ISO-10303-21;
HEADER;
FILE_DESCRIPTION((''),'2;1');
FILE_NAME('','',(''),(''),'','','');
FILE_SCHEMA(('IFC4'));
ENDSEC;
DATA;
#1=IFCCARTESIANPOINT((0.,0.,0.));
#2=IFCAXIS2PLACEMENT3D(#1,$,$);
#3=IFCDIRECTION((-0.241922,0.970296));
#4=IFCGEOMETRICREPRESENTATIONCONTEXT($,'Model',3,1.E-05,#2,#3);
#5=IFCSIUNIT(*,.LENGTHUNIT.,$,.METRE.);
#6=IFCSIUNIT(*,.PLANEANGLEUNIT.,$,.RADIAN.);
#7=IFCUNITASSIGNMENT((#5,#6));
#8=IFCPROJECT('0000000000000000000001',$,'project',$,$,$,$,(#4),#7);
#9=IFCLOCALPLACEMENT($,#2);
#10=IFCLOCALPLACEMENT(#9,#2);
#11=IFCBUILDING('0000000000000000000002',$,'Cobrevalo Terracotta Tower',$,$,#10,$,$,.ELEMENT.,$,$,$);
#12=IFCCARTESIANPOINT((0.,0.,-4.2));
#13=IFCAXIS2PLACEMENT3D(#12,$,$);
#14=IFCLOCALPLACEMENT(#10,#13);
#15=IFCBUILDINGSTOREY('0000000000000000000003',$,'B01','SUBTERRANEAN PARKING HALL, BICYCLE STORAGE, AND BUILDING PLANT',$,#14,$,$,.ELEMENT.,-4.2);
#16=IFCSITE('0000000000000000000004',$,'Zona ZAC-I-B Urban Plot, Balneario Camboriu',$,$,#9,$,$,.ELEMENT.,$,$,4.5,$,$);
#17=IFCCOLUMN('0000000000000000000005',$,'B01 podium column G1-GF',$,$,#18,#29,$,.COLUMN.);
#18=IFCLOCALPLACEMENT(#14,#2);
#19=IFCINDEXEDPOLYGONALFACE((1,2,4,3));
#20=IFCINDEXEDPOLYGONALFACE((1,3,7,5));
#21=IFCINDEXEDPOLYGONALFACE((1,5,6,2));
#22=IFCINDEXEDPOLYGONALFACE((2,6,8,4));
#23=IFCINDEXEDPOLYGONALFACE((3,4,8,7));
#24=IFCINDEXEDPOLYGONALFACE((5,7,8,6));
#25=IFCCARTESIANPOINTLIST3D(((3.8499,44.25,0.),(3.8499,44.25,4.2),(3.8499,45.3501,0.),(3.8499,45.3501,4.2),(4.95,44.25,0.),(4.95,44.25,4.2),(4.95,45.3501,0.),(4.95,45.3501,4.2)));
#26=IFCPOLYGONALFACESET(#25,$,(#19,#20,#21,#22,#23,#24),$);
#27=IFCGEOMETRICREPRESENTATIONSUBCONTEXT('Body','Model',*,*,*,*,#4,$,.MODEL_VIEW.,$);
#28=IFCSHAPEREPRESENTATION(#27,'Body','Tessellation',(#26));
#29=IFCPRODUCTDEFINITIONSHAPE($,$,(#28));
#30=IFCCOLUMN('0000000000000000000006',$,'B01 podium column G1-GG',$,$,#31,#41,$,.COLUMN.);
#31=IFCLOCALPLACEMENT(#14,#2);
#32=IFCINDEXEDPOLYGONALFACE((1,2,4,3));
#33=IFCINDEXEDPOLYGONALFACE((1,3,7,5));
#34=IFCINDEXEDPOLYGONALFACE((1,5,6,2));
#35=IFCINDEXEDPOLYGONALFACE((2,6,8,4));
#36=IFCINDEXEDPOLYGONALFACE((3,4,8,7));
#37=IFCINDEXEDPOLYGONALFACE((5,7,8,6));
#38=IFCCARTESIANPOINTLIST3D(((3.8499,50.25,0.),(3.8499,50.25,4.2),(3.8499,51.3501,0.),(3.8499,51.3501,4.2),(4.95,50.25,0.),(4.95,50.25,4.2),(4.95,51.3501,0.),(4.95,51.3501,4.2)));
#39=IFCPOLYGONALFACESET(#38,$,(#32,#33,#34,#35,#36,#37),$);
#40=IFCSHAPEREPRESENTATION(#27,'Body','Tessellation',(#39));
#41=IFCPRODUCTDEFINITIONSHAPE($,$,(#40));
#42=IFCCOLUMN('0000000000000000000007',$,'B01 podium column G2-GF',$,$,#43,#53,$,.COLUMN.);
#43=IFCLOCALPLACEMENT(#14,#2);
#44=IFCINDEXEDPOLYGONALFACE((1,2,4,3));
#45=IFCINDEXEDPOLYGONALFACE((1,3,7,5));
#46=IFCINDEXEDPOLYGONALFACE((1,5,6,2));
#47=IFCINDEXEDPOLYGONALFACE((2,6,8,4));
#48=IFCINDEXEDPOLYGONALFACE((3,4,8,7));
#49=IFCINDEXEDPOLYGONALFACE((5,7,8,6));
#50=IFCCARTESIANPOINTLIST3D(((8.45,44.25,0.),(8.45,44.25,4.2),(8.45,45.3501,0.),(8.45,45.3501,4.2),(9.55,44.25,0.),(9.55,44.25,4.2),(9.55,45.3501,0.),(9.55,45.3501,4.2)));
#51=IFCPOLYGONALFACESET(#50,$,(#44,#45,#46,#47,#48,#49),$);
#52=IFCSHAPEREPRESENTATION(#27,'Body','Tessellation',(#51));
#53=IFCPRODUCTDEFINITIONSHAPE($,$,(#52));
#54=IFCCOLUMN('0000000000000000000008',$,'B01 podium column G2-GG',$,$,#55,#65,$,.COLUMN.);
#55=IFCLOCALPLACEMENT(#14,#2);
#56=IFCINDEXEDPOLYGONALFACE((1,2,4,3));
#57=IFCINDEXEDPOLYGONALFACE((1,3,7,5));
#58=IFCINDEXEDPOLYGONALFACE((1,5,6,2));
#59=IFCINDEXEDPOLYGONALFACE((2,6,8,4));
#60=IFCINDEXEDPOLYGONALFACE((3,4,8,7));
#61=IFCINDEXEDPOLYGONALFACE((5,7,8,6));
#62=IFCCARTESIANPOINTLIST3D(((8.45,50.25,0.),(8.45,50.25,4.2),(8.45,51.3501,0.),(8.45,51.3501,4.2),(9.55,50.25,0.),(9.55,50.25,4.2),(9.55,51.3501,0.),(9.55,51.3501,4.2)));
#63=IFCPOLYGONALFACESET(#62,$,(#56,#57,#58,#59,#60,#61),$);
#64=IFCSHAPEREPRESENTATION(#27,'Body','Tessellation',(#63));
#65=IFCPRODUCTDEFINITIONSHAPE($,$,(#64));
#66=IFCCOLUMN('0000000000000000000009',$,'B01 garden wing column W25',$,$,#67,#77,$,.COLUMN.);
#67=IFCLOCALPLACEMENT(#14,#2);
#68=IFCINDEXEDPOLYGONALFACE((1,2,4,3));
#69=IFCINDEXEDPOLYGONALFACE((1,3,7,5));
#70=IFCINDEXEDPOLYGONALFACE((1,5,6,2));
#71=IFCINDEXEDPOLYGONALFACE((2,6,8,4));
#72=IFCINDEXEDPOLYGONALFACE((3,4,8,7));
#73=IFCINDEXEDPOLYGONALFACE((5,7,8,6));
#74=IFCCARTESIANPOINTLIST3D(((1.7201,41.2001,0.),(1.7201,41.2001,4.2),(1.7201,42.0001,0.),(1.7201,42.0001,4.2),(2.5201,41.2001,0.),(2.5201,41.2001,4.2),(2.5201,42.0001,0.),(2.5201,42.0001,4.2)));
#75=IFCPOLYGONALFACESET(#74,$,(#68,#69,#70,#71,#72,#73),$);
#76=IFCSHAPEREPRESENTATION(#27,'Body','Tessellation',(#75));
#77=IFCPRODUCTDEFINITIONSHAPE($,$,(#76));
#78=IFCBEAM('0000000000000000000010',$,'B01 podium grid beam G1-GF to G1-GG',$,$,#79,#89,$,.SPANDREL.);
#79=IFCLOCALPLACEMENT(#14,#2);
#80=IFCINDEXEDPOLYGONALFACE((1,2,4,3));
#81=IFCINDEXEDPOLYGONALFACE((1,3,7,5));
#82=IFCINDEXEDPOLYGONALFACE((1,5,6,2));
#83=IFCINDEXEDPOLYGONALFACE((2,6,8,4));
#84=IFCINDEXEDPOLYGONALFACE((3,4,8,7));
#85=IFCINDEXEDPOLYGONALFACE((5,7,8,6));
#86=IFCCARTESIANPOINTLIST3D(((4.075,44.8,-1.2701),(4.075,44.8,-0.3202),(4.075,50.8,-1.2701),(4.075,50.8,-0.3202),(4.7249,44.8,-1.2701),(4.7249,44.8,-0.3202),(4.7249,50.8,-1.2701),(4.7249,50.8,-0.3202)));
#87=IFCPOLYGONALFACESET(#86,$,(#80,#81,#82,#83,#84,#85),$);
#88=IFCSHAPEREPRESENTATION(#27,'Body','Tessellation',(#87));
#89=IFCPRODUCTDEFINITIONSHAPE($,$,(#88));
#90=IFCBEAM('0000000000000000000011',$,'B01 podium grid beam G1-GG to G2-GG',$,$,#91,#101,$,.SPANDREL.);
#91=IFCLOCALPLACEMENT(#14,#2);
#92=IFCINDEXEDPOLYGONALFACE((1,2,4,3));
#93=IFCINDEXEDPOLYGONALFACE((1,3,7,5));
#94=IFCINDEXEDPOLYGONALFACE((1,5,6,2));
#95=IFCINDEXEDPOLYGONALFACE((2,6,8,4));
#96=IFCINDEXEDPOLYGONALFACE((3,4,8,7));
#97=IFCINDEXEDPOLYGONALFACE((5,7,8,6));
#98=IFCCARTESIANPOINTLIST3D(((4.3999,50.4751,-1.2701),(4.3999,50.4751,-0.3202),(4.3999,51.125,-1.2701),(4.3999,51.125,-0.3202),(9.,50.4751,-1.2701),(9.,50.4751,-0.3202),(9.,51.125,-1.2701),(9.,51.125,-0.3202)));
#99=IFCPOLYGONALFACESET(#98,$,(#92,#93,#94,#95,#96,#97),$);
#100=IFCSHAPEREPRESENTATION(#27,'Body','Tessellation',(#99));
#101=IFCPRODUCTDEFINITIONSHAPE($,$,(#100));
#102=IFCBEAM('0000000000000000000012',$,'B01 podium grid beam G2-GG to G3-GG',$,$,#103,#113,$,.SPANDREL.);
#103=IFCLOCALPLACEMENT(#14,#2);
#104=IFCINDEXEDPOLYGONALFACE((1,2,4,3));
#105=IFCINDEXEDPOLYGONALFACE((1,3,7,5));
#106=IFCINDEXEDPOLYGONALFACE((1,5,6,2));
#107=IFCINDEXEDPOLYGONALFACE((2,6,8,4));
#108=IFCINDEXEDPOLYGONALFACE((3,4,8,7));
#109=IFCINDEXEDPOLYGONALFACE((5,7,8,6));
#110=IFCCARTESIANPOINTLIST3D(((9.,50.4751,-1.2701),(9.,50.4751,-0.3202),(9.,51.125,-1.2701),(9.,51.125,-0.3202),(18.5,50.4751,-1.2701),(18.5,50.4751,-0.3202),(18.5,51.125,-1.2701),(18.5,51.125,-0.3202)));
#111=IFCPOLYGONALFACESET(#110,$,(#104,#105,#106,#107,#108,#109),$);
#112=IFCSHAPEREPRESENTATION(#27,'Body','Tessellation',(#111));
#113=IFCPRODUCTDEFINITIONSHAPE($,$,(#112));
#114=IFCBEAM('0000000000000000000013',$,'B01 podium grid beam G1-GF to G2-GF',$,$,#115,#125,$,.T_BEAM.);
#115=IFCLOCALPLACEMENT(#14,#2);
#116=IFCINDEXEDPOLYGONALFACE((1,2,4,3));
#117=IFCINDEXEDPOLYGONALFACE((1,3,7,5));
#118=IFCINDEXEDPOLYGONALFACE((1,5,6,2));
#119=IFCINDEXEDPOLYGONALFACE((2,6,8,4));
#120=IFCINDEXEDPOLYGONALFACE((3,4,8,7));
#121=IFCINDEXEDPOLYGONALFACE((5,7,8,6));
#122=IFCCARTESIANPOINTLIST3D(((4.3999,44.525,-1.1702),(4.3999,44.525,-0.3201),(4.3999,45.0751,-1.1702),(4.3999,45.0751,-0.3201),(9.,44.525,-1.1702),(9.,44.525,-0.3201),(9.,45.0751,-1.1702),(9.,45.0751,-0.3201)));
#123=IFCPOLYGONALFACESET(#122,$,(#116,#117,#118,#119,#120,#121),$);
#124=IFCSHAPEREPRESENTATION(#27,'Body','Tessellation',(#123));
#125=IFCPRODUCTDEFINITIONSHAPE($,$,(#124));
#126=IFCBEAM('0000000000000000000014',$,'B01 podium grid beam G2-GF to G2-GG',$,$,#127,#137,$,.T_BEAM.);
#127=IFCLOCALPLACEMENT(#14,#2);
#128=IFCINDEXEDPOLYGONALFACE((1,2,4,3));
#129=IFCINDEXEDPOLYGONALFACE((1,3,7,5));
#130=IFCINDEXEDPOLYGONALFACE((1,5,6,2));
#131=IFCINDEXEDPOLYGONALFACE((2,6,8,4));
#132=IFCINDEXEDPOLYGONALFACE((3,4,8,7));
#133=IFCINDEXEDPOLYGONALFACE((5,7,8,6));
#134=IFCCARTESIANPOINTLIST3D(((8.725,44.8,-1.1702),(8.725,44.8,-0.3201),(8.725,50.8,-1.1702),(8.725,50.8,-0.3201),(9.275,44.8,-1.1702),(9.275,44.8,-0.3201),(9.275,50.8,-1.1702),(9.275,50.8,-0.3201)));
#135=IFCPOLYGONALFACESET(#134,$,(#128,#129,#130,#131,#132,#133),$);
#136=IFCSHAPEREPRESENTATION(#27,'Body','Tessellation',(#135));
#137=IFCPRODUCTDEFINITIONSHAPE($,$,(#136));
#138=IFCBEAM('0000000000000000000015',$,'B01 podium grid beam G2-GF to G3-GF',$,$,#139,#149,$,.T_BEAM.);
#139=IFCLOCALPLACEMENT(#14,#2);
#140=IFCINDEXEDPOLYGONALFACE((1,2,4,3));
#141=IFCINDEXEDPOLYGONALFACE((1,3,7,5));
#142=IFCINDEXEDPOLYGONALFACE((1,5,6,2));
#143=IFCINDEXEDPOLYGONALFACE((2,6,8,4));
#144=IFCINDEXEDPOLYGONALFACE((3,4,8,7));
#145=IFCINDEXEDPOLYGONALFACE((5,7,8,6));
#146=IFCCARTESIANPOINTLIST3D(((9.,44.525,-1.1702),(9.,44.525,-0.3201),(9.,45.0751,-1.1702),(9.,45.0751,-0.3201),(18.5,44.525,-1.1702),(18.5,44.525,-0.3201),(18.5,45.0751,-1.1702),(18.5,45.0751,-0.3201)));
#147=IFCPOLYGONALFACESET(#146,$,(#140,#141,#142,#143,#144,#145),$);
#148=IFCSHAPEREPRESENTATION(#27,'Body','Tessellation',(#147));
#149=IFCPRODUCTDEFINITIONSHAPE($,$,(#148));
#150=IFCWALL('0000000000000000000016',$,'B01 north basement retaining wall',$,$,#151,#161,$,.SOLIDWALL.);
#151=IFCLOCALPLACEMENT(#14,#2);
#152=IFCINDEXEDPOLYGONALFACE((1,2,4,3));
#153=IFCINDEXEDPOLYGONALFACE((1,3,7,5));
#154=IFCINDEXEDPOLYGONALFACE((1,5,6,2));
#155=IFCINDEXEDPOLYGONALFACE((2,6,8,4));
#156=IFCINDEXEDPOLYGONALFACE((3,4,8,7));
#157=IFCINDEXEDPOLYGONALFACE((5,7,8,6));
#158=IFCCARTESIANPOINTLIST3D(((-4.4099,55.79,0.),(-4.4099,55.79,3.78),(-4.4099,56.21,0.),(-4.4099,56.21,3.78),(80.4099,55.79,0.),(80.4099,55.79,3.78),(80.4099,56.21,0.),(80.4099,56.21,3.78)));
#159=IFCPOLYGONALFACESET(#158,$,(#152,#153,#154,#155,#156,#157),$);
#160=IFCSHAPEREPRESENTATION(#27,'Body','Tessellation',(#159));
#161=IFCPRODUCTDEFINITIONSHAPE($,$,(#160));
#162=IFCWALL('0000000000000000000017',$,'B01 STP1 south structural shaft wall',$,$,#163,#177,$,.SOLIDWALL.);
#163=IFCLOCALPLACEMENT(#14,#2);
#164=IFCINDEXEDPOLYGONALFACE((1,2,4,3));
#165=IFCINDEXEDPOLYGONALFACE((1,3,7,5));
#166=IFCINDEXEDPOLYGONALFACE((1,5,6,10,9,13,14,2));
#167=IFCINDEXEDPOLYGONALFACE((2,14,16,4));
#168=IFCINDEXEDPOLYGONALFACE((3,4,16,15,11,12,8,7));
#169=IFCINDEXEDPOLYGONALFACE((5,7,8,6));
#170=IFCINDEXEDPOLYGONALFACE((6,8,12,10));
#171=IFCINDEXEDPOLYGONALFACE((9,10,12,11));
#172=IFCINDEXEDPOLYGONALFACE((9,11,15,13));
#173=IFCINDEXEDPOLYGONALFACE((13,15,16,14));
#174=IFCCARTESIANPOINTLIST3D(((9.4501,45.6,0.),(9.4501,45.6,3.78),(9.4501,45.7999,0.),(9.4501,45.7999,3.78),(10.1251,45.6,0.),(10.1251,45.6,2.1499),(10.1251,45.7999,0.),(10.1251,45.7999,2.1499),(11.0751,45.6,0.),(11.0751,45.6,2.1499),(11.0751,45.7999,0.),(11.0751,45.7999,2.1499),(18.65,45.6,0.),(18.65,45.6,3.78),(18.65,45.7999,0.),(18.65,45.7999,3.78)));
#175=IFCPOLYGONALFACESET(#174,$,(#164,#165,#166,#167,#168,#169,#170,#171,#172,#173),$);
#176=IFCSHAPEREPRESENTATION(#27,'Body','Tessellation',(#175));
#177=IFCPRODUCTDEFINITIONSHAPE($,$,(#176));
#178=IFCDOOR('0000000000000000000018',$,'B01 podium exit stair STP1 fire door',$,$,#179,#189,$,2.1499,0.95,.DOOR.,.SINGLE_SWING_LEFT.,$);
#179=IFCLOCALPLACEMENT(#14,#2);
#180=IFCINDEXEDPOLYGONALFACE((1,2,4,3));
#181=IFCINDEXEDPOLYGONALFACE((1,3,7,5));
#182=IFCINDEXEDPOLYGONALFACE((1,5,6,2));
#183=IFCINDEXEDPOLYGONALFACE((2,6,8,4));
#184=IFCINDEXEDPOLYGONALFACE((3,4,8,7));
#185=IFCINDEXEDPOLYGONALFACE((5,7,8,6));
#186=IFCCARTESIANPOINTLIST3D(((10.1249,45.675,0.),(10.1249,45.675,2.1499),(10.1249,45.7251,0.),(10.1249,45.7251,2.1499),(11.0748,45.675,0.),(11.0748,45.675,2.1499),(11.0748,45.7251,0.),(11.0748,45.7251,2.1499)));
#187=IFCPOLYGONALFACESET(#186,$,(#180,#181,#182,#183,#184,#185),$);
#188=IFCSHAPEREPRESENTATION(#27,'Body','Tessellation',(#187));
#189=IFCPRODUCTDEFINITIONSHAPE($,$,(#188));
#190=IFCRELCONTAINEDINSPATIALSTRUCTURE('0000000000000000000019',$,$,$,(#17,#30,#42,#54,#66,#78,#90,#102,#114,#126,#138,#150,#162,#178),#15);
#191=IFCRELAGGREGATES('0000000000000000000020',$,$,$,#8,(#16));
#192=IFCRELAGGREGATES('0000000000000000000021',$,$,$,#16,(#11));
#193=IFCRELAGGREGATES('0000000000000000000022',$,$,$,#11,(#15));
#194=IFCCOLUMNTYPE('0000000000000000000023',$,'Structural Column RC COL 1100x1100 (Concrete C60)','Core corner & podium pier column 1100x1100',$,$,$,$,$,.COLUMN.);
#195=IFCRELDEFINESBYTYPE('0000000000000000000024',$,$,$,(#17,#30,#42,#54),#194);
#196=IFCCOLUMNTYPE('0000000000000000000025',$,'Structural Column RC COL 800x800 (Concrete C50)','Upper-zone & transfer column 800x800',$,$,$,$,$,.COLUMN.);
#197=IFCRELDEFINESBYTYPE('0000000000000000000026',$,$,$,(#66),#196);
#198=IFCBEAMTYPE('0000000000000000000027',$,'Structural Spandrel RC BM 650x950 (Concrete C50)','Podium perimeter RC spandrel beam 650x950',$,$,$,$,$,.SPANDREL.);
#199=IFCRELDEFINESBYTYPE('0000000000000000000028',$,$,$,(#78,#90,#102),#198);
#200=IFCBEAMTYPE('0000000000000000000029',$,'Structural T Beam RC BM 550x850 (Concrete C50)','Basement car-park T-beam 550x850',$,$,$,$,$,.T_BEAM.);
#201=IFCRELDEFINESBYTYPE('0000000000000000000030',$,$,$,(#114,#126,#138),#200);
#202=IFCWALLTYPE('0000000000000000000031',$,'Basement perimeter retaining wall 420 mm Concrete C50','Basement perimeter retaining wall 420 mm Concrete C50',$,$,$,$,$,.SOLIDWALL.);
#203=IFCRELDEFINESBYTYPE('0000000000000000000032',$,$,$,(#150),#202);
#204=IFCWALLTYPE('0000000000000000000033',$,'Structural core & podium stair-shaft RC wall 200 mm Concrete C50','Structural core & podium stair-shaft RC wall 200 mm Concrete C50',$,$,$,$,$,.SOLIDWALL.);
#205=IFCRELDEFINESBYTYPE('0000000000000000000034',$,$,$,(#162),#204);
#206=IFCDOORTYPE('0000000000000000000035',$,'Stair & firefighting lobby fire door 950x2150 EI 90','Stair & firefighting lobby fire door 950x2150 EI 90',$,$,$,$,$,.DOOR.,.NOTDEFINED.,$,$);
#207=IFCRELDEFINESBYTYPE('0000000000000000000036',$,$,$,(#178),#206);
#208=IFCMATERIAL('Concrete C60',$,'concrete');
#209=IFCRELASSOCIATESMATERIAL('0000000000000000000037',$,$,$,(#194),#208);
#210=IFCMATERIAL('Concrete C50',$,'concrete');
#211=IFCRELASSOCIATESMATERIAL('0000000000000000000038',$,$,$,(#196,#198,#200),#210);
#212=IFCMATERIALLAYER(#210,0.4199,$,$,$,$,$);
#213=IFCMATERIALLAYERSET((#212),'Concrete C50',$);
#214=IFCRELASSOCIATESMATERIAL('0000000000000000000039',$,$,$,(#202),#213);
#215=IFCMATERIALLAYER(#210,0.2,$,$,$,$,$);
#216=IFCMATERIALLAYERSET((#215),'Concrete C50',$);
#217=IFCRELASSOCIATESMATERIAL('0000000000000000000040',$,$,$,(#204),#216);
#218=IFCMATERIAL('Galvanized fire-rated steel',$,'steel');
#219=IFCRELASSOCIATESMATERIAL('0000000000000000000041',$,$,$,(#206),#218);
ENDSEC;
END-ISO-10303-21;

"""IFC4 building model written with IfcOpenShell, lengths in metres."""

from ifc_helpers import new_model, si_unit, direction, frame, frame_2d, origin, origin_2d, place, context, subcontext, project, spatial, rectangle, extrude, source, transform, mapped, material, layer, layer_set, material_profile, profile_set, type_object, element, fill, save


model = new_model("IFC4")

# Units and contexts
model_context = context("Model", 3, precision=1e-05, world=origin(), true_north=direction((-0.241922, 0.970296)))
body_context = subcontext(model_context, "Body", "Model", "MODEL_VIEW")
ifc_project = project(units=[si_unit("LENGTHUNIT", "METRE"), si_unit("PLANEANGLEUNIT", "RADIAN")], contexts=[model_context])

# Site, building, storey
site_placement = place(None, origin())
site = spatial("IfcSite", under=ifc_project, at=site_placement, Name="Zona ZAC-I-B Urban Plot, Balneario Camboriu", CompositionType="ELEMENT", RefElevation=4.5)
building_placement = place(site_placement, origin())
building = spatial("IfcBuilding", under=site, at=building_placement, Name="Cobrevalo Terracotta Tower", CompositionType="ELEMENT")
storey_placement = place(building_placement, frame((0.0, 0.0, -4.2)))
storey = spatial("IfcBuildingStorey", under=building, at=storey_placement, Name="B01", Description="SUBTERRANEAN PARKING HALL, BICYCLE STORAGE, AND BUILDING PLANT", CompositionType="ELEMENT", Elevation=-4.2)

# Columns
ifc_material_1 = material(Name="Concrete C60", Category="concrete")
ifc_material_profile_1 = material_profile(ifc_material_1, rectangle(XDim=1.1001, YDim=1.1001, at=origin_2d()), Name="RC COL 1100x1100")
ifc_profile_set_1 = profile_set([ifc_material_profile_1], Name="Concrete C60")
column_type_1 = type_object("IfcColumnType", Name="Structural Column RC COL 1100x1100 (Concrete C60)", Description="Core corner & podium pier column 1100x1100", PredefinedType="COLUMN", material=ifc_profile_set_1)
for number, where, z_axis, x_axis, name in (
    (1, (4.3999, 44.8, 0.0), (0.0, 0.0, 1.0), (1.0, 0.0, 0.0), "B01 podium column G1-GF"),
    (2, (4.3999, 50.8, 0.0), (0.0, 0.0, 1.0), (1.0, 0.0, 0.0), "B01 podium column G1-GG"),
    (3, (9.0, 44.8, 0.0), (0.0, 0.0, 1.0), (1.0, 0.0, 0.0), "B01 podium column G2-GF"),
    (4, (9.0, 50.8, 0.0), (0.0, 0.0, 1.0), (1.0, 0.0, 0.0), "B01 podium column G2-GG"),
):
    element("IfcColumn", number, at=place(storey_placement, frame(where, z_axis=z_axis, x_axis=x_axis)), inside=storey, type_object=column_type_1, Name=name, PredefinedType="COLUMN", context=body_context, shape_type="SweptSolid", body=[
        extrude(rectangle(XDim=1.1001, YDim=1.1001, at=origin_2d()), origin(), (0.0, 0.0, 1.0), 4.2),
    ])
ifc_material_2 = material(Name="Concrete C50", Category="concrete")
ifc_material_profile_2 = material_profile(ifc_material_2, rectangle(XDim=0.8, YDim=0.8, at=origin_2d()), Name="RC COL 800x800")
ifc_profile_set_2 = profile_set([ifc_material_profile_2], Name="Concrete C50")
column_type_2 = type_object("IfcColumnType", Name="Structural Column RC COL 800x800 (Concrete C50)", Description="Upper-zone & transfer column 800x800", PredefinedType="COLUMN", material=ifc_profile_set_2)
column_placement = place(storey_placement, frame((2.1201, 41.6001, 0.0), z_axis=(0.0, 0.0, 1.0), x_axis=(1.0, 0.0, 0.0)))
element("IfcColumn", 5, at=column_placement, inside=storey, type_object=column_type_2, Name="B01 garden wing column W25", PredefinedType="COLUMN", context=body_context, shape_type="SweptSolid", body=[
    extrude(rectangle(XDim=0.8, YDim=0.8, at=origin_2d()), origin(), (0.0, 0.0, 1.0), 4.2),
])

# Beams
ifc_material_profile_3 = material_profile(ifc_material_2, rectangle(XDim=0.6499, YDim=0.95, at=origin_2d()), Name="RC BM 650x950")
ifc_profile_set_3 = profile_set([ifc_material_profile_3], Name="Concrete C50")
beam_type_1 = type_object("IfcBeamType", Name="Structural Spandrel RC BM 650x950 (Concrete C50)", Description="Podium perimeter RC spandrel beam 650x950", PredefinedType="SPANDREL", material=ifc_profile_set_3)
beam_1_placement = place(storey_placement, frame((4.3999, 44.8, -0.7952), z_axis=(0.0, 1.0, 0.0), x_axis=(-1.0, 0.0, 0.0)))
element("IfcBeam", 6, at=beam_1_placement, inside=storey, type_object=beam_type_1, Name="B01 podium grid beam G1-GF to G1-GG", PredefinedType="SPANDREL", context=body_context, shape_type="SweptSolid", body=[
    extrude(rectangle(XDim=0.6499, YDim=0.95, at=origin_2d()), origin(), (0.0, 0.0, 1.0), 6.0),
])
beam_2_placement = place(storey_placement, frame((4.3999, 50.8, -0.7952), z_axis=(1.0, 0.0, 0.0), x_axis=(0.0, 1.0, 0.0)))
element("IfcBeam", 7, at=beam_2_placement, inside=storey, type_object=beam_type_1, Name="B01 podium grid beam G1-GG to G2-GG", PredefinedType="SPANDREL", context=body_context, shape_type="SweptSolid", body=[
    extrude(rectangle(XDim=0.6499, YDim=0.95, at=origin_2d()), origin(), (0.0, 0.0, 1.0), 4.6001),
])
beam_3_placement = place(storey_placement, frame((9.0, 50.8, -0.7952), z_axis=(1.0, 0.0, 0.0), x_axis=(0.0, 1.0, 0.0)))
element("IfcBeam", 8, at=beam_3_placement, inside=storey, type_object=beam_type_1, Name="B01 podium grid beam G2-GG to G3-GG", PredefinedType="SPANDREL", context=body_context, shape_type="SweptSolid", body=[
    extrude(rectangle(XDim=0.6499, YDim=0.95, at=origin_2d()), origin(), (0.0, 0.0, 1.0), 9.5),
])
ifc_material_profile_4 = material_profile(ifc_material_2, rectangle(XDim=0.55, YDim=0.8501, at=origin_2d()), Name="RC BM 550x850")
ifc_profile_set_4 = profile_set([ifc_material_profile_4], Name="Concrete C50")
beam_type_2 = type_object("IfcBeamType", Name="Structural T Beam RC BM 550x850 (Concrete C50)", Description="Basement car-park T-beam 550x850", PredefinedType="T_BEAM", material=ifc_profile_set_4)
beam_4_placement = place(storey_placement, frame((4.3999, 44.8, -0.7451), z_axis=(1.0, 0.0, 0.0), x_axis=(0.0, 1.0, 0.0)))
element("IfcBeam", 9, at=beam_4_placement, inside=storey, type_object=beam_type_2, Name="B01 podium grid beam G1-GF to G2-GF", PredefinedType="T_BEAM", context=body_context, shape_type="SweptSolid", body=[
    extrude(rectangle(XDim=0.55, YDim=0.8501, at=origin_2d()), origin(), (0.0, 0.0, 1.0), 4.6001),
])
beam_5_placement = place(storey_placement, frame((9.0, 44.8, -0.7451), z_axis=(0.0, 1.0, 0.0), x_axis=(-1.0, 0.0, 0.0)))
element("IfcBeam", 10, at=beam_5_placement, inside=storey, type_object=beam_type_2, Name="B01 podium grid beam G2-GF to G2-GG", PredefinedType="T_BEAM", context=body_context, shape_type="SweptSolid", body=[
    extrude(rectangle(XDim=0.55, YDim=0.8501, at=origin_2d()), origin(), (0.0, 0.0, 1.0), 6.0),
])
beam_6_placement = place(storey_placement, frame((9.0, 44.8, -0.7451), z_axis=(1.0, 0.0, 0.0), x_axis=(0.0, 1.0, 0.0)))
element("IfcBeam", 11, at=beam_6_placement, inside=storey, type_object=beam_type_2, Name="B01 podium grid beam G2-GF to G3-GF", PredefinedType="T_BEAM", context=body_context, shape_type="SweptSolid", body=[
    extrude(rectangle(XDim=0.55, YDim=0.8501, at=origin_2d()), origin(), (0.0, 0.0, 1.0), 9.5),
])

# Wall
ifc_layer_1 = layer(ifc_material_2, 0.4199)
ifc_layer_set_1 = layer_set([ifc_layer_1], Name="Concrete C50")
wall_type_1 = type_object("IfcWallType", Name="Basement perimeter retaining wall 420 mm Concrete C50", Description="Basement perimeter retaining wall 420 mm Concrete C50", PredefinedType="SOLIDWALL", material=ifc_layer_set_1)
wall_1_placement = place(storey_placement, frame((-4.4099, 56.0, 0.0), z_axis=(0.0, 0.0, 1.0), x_axis=(1.0, 0.0, 0.0)))
element("IfcWall", 12, at=wall_1_placement, inside=storey, type_object=wall_type_1, Name="B01 north basement retaining wall", PredefinedType="SOLIDWALL", context=body_context, shape_type="SweptSolid", body=[
    extrude(rectangle(XDim=84.8198, YDim=0.4199, at=frame_2d((42.4099, 0.0))), origin(), (0.0, 0.0, 1.0), 3.78),
])

# Wall, opening, door
ifc_layer_2 = layer(ifc_material_2, 0.2)
ifc_layer_set_2 = layer_set([ifc_layer_2], Name="Concrete C50")
wall_type_2 = type_object("IfcWallType", Name="Structural core & podium stair-shaft RC wall 200 mm Concrete C50", Description="Structural core & podium stair-shaft RC wall 200 mm Concrete C50", PredefinedType="SOLIDWALL", material=ifc_layer_set_2)
wall_2_placement = place(storey_placement, frame((9.45, 45.7, 0.0), z_axis=(0.0, 0.0, 1.0), x_axis=(1.0, 0.0, 0.0)))
wall_2 = element("IfcWall", 13, at=wall_2_placement, inside=storey, type_object=wall_type_2, Name="B01 STP1 south structural shaft wall", PredefinedType="SOLIDWALL", context=body_context, shape_type="SweptSolid", body=[
    extrude(rectangle(XDim=9.2, YDim=0.2, at=frame_2d((4.6001, 0.0))), origin(), (0.0, 0.0, 1.0), 3.78),
])
opening_placement = place(wall_2_placement, frame((0.675, 0.0, 0.0)))
opening = element("IfcOpeningElement", 14, at=opening_placement, cuts=wall_2, PredefinedType="OPENING", context=body_context, shape_type="SweptSolid", body=[
    extrude(rectangle(XDim=0.95, YDim=2.1499, at=frame_2d((0.4751, 1.075))), frame((0.0, 0.1099, 0.0), z_axis=(0.0, -1.0, 0.0), x_axis=(1.0, 0.0, 0.0)), (0.0, 0.0, 1.0), 0.22),
])
ifc_material_3 = material(Name="Galvanized fire-rated steel", Category="steel")
door_type = type_object("IfcDoorType", Name="Stair & firefighting lobby fire door 950x2150 EI 90", Description="Stair & firefighting lobby fire door 950x2150 EI 90", OperationType="NOTDEFINED", PredefinedType="DOOR", material=ifc_material_3)
shared_shape = source(origin(), body_context, "Body", "SweptSolid", [
    extrude(rectangle(XDim=0.95, YDim=2.1499, at=frame_2d((0.4751, 1.075))), frame((0.0, 0.0249, 0.0), z_axis=(0.0, -1.0, 0.0), x_axis=(1.0, 0.0, 0.0)), (0.0, 0.0, 1.0), 0.05),
])
door_placement = place(opening_placement, frame((0.95, 0.0, 0.0), z_axis=(0.0, 0.0, 1.0), x_axis=(-1.0, 0.0, 0.0)))
door = element("IfcDoor", 15, at=door_placement, inside=storey, type_object=door_type, Name="B01 podium exit stair STP1 fire door", OperationType="SINGLE_SWING_LEFT", OverallHeight=2.1499, OverallWidth=0.95, PredefinedType="DOOR", context=body_context, shape_type="MappedRepresentation", body=[
    mapped(shared_shape, transform((0.0, 0.0, 0.0), scale=1.0)),
])
fill(opening, door)

save(model, "model.ifc")
